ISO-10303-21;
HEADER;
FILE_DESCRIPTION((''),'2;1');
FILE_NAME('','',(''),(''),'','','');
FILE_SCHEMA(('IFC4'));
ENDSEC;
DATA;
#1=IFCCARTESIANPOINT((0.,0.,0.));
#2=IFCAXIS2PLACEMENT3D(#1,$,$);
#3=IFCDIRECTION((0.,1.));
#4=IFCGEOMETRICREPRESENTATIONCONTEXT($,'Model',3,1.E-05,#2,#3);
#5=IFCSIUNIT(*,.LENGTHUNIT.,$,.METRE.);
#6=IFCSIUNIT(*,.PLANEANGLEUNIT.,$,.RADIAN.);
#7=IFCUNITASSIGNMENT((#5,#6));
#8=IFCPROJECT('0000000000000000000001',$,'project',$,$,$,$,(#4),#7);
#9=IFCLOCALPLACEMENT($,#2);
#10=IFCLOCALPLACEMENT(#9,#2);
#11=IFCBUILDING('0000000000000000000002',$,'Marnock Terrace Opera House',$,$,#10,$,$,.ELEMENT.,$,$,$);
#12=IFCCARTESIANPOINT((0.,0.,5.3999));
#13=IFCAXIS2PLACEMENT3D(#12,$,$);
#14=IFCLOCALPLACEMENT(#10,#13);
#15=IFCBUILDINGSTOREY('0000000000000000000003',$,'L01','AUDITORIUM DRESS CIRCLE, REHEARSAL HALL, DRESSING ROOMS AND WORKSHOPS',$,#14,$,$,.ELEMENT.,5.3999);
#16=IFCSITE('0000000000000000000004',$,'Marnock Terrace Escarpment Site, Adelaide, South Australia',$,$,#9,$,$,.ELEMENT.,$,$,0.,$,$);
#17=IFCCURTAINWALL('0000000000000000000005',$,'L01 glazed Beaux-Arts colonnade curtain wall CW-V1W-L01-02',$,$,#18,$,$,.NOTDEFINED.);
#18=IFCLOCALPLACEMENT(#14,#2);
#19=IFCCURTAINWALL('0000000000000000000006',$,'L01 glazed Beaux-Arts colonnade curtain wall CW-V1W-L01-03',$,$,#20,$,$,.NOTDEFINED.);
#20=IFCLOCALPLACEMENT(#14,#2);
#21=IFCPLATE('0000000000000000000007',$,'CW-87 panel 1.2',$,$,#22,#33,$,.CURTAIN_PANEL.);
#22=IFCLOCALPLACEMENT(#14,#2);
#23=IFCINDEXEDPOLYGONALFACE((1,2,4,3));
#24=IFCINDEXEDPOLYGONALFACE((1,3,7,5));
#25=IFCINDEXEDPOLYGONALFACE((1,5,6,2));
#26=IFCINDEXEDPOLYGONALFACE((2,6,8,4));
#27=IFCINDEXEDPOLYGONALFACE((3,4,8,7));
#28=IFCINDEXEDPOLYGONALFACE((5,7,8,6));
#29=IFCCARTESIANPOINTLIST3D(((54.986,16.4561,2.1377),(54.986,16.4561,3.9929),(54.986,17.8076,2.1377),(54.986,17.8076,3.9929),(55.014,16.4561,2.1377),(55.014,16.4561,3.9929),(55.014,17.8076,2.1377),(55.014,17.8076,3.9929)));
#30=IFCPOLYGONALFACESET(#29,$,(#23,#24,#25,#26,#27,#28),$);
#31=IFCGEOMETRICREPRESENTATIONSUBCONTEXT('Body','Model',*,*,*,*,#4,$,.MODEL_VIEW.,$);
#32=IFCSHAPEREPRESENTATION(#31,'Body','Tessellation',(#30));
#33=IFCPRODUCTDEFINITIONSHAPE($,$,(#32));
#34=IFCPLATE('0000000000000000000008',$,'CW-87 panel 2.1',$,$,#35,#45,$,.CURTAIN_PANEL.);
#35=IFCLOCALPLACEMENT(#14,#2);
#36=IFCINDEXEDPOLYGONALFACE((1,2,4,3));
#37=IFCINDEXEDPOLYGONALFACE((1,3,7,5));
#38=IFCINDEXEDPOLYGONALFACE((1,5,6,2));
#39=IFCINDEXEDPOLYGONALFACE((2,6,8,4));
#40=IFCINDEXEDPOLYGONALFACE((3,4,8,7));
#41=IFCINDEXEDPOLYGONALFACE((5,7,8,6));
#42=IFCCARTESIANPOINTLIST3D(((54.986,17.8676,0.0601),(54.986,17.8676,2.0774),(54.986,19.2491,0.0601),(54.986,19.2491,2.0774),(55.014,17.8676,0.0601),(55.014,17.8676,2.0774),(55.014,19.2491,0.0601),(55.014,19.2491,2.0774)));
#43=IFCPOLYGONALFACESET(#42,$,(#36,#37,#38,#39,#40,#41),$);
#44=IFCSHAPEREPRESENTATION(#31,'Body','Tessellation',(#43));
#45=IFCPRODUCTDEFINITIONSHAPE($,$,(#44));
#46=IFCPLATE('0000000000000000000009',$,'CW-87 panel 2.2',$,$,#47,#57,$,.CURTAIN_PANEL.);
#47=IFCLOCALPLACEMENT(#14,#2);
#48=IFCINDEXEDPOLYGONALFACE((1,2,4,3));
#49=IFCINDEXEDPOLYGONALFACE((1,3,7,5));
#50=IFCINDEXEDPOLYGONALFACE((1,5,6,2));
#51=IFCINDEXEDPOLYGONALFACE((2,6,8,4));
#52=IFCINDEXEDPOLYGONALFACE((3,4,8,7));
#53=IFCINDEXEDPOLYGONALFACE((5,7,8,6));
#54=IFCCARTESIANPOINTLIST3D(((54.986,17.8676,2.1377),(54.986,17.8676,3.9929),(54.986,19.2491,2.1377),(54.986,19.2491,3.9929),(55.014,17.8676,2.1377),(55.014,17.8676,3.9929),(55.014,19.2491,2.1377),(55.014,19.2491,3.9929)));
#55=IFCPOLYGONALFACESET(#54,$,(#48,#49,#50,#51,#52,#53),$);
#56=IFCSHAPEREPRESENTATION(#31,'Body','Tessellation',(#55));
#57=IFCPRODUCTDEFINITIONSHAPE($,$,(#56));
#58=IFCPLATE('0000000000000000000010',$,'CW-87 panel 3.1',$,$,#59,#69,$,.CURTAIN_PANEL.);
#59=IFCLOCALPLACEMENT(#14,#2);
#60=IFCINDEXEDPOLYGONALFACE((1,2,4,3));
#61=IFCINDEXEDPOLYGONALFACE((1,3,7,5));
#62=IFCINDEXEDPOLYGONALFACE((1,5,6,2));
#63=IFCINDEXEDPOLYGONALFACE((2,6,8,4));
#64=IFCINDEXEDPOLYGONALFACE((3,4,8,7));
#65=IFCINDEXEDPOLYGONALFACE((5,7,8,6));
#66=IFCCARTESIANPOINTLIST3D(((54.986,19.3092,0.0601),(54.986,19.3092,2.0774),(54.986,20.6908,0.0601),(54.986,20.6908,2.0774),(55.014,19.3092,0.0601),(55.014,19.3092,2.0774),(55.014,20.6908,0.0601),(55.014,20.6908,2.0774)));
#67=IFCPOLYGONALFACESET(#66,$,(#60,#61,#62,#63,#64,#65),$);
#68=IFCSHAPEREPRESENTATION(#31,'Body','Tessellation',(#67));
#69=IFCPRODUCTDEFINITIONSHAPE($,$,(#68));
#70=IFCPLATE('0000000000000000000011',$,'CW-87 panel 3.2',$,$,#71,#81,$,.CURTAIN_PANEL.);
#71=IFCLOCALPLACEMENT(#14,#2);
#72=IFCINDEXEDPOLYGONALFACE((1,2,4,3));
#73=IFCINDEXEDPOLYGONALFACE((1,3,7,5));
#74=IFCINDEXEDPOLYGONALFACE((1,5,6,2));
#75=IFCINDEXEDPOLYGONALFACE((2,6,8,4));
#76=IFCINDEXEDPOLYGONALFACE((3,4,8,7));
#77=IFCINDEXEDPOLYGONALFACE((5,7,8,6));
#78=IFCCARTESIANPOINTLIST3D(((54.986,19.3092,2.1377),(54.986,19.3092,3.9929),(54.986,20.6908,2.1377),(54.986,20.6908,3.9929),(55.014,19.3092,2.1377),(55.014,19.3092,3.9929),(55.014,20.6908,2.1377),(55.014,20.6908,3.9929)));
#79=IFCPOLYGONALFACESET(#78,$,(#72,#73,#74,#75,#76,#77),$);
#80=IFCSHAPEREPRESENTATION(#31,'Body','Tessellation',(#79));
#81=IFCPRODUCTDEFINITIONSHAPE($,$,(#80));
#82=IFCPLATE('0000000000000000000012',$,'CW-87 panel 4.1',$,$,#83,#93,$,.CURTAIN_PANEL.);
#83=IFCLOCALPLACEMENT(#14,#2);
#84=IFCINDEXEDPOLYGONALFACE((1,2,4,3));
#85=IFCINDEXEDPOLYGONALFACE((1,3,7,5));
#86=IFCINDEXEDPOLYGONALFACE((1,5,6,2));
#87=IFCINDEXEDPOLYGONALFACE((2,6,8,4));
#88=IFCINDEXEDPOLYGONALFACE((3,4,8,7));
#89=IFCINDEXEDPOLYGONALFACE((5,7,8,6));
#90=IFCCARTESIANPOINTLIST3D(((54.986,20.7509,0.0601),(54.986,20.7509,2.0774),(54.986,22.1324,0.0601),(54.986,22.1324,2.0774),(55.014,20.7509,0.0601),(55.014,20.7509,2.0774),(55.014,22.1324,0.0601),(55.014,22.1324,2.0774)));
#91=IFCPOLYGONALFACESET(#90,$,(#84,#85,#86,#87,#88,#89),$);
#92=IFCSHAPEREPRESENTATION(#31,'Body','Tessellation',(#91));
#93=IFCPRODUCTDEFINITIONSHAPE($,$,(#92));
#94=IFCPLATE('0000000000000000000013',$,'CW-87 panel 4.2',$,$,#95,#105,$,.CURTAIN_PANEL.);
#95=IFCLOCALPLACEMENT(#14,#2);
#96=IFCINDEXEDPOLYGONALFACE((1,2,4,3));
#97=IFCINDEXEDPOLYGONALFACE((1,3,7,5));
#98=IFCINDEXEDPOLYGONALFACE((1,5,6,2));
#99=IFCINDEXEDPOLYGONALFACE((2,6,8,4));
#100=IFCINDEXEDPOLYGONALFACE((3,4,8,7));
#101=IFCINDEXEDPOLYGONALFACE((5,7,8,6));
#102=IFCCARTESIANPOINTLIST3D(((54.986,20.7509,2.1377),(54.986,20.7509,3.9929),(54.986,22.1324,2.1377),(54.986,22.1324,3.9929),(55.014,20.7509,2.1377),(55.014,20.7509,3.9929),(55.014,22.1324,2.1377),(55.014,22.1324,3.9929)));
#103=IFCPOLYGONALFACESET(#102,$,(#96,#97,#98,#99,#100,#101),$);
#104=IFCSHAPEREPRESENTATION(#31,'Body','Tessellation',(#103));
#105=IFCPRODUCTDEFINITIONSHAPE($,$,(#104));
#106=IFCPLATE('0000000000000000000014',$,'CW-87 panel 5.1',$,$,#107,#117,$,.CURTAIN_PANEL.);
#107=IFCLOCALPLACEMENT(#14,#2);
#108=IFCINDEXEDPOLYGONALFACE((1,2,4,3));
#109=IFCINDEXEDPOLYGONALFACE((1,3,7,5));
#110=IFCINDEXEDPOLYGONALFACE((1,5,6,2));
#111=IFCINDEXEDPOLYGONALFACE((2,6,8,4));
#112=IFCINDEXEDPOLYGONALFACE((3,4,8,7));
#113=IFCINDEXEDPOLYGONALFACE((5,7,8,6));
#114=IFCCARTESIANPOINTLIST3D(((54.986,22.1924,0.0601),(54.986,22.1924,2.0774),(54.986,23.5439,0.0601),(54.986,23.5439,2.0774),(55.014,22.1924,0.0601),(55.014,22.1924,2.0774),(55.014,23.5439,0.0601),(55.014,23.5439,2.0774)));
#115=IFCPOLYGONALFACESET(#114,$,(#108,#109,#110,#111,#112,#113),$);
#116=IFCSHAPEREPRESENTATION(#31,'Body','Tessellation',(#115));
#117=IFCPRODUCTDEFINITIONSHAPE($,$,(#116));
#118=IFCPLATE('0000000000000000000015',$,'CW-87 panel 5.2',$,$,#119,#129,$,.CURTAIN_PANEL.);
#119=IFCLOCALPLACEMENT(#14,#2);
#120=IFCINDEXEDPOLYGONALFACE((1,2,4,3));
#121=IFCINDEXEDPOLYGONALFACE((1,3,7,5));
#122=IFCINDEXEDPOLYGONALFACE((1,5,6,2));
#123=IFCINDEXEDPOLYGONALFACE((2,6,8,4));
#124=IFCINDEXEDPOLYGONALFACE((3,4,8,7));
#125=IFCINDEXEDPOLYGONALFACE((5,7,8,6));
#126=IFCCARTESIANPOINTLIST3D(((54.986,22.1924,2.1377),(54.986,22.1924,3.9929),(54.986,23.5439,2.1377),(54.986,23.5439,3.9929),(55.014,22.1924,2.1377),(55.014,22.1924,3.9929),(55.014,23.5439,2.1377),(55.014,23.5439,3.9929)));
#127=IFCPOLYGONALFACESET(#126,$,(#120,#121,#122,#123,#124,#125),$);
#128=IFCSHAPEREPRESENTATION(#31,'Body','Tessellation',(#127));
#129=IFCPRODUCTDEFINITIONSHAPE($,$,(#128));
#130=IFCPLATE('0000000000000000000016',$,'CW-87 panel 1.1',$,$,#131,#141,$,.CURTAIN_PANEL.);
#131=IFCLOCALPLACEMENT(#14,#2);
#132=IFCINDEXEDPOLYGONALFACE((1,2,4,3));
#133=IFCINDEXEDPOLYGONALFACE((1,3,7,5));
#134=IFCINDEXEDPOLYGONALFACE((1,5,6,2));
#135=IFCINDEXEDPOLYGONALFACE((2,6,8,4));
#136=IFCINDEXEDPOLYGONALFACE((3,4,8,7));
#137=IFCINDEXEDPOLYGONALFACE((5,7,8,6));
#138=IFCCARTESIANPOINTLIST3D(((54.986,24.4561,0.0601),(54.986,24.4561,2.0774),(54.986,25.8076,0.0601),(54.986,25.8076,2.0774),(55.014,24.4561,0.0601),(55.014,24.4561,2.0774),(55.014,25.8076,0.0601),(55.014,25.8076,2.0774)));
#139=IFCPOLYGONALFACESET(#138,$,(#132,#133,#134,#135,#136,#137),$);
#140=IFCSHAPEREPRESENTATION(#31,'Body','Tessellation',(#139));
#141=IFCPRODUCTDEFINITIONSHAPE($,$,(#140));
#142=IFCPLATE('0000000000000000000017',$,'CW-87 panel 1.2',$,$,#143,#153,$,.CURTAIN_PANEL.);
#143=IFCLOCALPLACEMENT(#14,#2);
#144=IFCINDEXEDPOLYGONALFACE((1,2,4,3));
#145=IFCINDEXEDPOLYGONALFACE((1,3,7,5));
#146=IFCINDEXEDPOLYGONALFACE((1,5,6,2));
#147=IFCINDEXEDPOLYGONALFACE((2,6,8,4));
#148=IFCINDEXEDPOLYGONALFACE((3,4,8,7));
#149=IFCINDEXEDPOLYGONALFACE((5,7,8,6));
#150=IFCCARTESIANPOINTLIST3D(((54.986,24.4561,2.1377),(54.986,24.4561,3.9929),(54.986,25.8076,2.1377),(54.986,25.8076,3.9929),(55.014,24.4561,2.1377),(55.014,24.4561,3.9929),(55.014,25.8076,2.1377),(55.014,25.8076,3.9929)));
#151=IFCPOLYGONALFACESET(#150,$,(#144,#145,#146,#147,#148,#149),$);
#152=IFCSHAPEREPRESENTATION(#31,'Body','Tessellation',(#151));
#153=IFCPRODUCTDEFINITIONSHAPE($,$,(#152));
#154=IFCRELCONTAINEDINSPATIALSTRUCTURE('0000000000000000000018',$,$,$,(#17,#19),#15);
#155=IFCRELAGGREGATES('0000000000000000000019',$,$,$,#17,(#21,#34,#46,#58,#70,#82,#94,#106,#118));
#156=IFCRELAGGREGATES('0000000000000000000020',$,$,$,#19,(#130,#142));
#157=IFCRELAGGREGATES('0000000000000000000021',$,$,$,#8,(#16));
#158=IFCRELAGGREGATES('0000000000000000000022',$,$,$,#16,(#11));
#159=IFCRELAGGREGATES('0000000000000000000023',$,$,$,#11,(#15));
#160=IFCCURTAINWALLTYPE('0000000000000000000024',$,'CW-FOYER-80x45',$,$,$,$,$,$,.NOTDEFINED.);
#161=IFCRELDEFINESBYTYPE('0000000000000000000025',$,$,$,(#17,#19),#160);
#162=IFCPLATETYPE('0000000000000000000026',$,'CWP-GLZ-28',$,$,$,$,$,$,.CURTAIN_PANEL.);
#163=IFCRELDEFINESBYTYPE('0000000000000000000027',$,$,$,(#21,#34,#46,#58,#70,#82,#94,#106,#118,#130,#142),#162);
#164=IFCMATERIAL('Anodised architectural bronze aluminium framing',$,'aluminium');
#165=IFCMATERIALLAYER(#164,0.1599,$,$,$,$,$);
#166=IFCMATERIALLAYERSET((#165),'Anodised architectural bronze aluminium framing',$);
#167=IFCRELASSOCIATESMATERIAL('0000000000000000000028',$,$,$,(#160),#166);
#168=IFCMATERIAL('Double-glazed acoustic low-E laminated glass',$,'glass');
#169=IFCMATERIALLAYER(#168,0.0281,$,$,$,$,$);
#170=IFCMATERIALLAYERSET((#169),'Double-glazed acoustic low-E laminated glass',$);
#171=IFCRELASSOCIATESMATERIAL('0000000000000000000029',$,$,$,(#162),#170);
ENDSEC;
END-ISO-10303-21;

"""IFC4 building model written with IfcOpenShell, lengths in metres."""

from ifc_helpers import new_model, si_unit, direction, frame, origin, origin_2d, place, context, subcontext, project, spatial, rectangle, extrude, material, layer, layer_set, type_object, element, aggregate, save


model = new_model("IFC4")

# Units and contexts
model_context = context("Model", 3, precision=1e-05, world=origin(), true_north=direction((0.0, 1.0)))
body_context = subcontext(model_context, "Body", "Model", "MODEL_VIEW")
ifc_project = project(units=[si_unit("LENGTHUNIT", "METRE"), si_unit("PLANEANGLEUNIT", "RADIAN")], contexts=[model_context])

# Site, building, storey
site_placement = place(None, origin())
site = spatial("IfcSite", under=ifc_project, at=site_placement, Name="Marnock Terrace Escarpment Site, Adelaide, South Australia", CompositionType="ELEMENT", RefElevation=0.0)
building_placement = place(site_placement, origin())
building = spatial("IfcBuilding", under=site, at=building_placement, Name="Marnock Terrace Opera House", CompositionType="ELEMENT")
storey_placement = place(building_placement, frame((0.0, 0.0, 5.3999)))
storey = spatial("IfcBuildingStorey", under=building, at=storey_placement, Name="L01", Description="AUDITORIUM DRESS CIRCLE, REHEARSAL HALL, DRESSING ROOMS AND WORKSHOPS", CompositionType="ELEMENT", Elevation=5.3999)

# Curtain wall
ifc_material_1 = material(Name="Anodised architectural bronze aluminium framing", Category="aluminium")
ifc_layer_1 = layer(ifc_material_1, 0.1599)
ifc_layer_set_1 = layer_set([ifc_layer_1], Name="Anodised architectural bronze aluminium framing")
curtain_wall_type = type_object("IfcCurtainWallType", Name="CW-FOYER-80x45", PredefinedType="NOTDEFINED", material=ifc_layer_set_1)
curtain_wall_1_placement = place(storey_placement, origin())
curtain_wall_1 = element("IfcCurtainWall", 1, at=curtain_wall_1_placement, inside=storey, type_object=curtain_wall_type, Name="L01 glazed Beaux-Arts colonnade curtain wall CW-V1W-L01-02", PredefinedType="NOTDEFINED")

# Curtain wall
curtain_wall_2_placement = place(storey_placement, origin())
curtain_wall_2 = element("IfcCurtainWall", 2, at=curtain_wall_2_placement, inside=storey, type_object=curtain_wall_type, Name="L01 glazed Beaux-Arts colonnade curtain wall CW-V1W-L01-03", PredefinedType="NOTDEFINED")

# Plates
ifc_material_2 = material(Name="Double-glazed acoustic low-E laminated glass", Category="glass")
ifc_layer_2 = layer(ifc_material_2, 0.0281)
ifc_layer_set_2 = layer_set([ifc_layer_2], Name="Double-glazed acoustic low-E laminated glass")
plate_type = type_object("IfcPlateType", Name="CWP-GLZ-28", PredefinedType="CURTAIN_PANEL", material=ifc_layer_set_2)
plate_1_placement = place(storey_placement, frame((55.0, 17.1318, 2.1377), z_axis=(0.0, 0.0, 1.0), x_axis=(0.0, 1.0, 0.0)))
plate_1 = element("IfcPlate", 3, at=plate_1_placement, type_object=plate_type, Name="CW-87 panel 1.2", PredefinedType="CURTAIN_PANEL", context=body_context, shape_type="SweptSolid", body=[
    extrude(rectangle(XDim=1.3516, YDim=0.0281, at=origin_2d()), origin(), (0.0, 0.0, 1.0), 1.8552),
])
plate_2_placement = place(storey_placement, frame((55.0, 18.5583, 0.0601), z_axis=(0.0, 0.0, 1.0), x_axis=(0.0, 1.0, 0.0)))
plate_2 = element("IfcPlate", 4, at=plate_2_placement, type_object=plate_type, Name="CW-87 panel 2.1", PredefinedType="CURTAIN_PANEL", context=body_context, shape_type="SweptSolid", body=[
    extrude(rectangle(XDim=1.3816, YDim=0.0281, at=origin_2d()), origin(), (0.0, 0.0, 1.0), 2.0173),
])
plate_3_placement = place(storey_placement, frame((55.0, 18.5583, 2.1377), z_axis=(0.0, 0.0, 1.0), x_axis=(0.0, 1.0, 0.0)))
plate_3 = element("IfcPlate", 5, at=plate_3_placement, type_object=plate_type, Name="CW-87 panel 2.2", PredefinedType="CURTAIN_PANEL", context=body_context, shape_type="SweptSolid", body=[
    extrude(rectangle(XDim=1.3816, YDim=0.0281, at=origin_2d()), origin(), (0.0, 0.0, 1.0), 1.8552),
])
plate_4_placement = place(storey_placement, frame((55.0, 20.0, 0.0601), z_axis=(0.0, 0.0, 1.0), x_axis=(0.0, 1.0, 0.0)))
plate_4 = element("IfcPlate", 6, at=plate_4_placement, type_object=plate_type, Name="CW-87 panel 3.1", PredefinedType="CURTAIN_PANEL", context=body_context, shape_type="SweptSolid", body=[
    extrude(rectangle(XDim=1.3816, YDim=0.0281, at=origin_2d()), origin(), (0.0, 0.0, 1.0), 2.0173),
])
plate_5_placement = place(storey_placement, frame((55.0, 20.0, 2.1377), z_axis=(0.0, 0.0, 1.0), x_axis=(0.0, 1.0, 0.0)))
plate_5 = element("IfcPlate", 7, at=plate_5_placement, type_object=plate_type, Name="CW-87 panel 3.2", PredefinedType="CURTAIN_PANEL", context=body_context, shape_type="SweptSolid", body=[
    extrude(rectangle(XDim=1.3816, YDim=0.0281, at=origin_2d()), origin(), (0.0, 0.0, 1.0), 1.8552),
])
plate_6_placement = place(storey_placement, frame((55.0, 21.4417, 0.0601), z_axis=(0.0, 0.0, 1.0), x_axis=(0.0, 1.0, 0.0)))
plate_6 = element("IfcPlate", 8, at=plate_6_placement, type_object=plate_type, Name="CW-87 panel 4.1", PredefinedType="CURTAIN_PANEL", context=body_context, shape_type="SweptSolid", body=[
    extrude(rectangle(XDim=1.3816, YDim=0.0281, at=origin_2d()), origin(), (0.0, 0.0, 1.0), 2.0173),
])
plate_7_placement = place(storey_placement, frame((55.0, 21.4417, 2.1377), z_axis=(0.0, 0.0, 1.0), x_axis=(0.0, 1.0, 0.0)))
plate_7 = element("IfcPlate", 9, at=plate_7_placement, type_object=plate_type, Name="CW-87 panel 4.2", PredefinedType="CURTAIN_PANEL", context=body_context, shape_type="SweptSolid", body=[
    extrude(rectangle(XDim=1.3816, YDim=0.0281, at=origin_2d()), origin(), (0.0, 0.0, 1.0), 1.8552),
])
plate_8_placement = place(storey_placement, frame((55.0, 22.8682, 0.0601), z_axis=(0.0, 0.0, 1.0), x_axis=(0.0, 1.0, 0.0)))
plate_8 = element("IfcPlate", 10, at=plate_8_placement, type_object=plate_type, Name="CW-87 panel 5.1", PredefinedType="CURTAIN_PANEL", context=body_context, shape_type="SweptSolid", body=[
    extrude(rectangle(XDim=1.3516, YDim=0.0281, at=origin_2d()), origin(), (0.0, 0.0, 1.0), 2.0173),
])
plate_9_placement = place(storey_placement, frame((55.0, 22.8682, 2.1377), z_axis=(0.0, 0.0, 1.0), x_axis=(0.0, 1.0, 0.0)))
plate_9 = element("IfcPlate", 11, at=plate_9_placement, type_object=plate_type, Name="CW-87 panel 5.2", PredefinedType="CURTAIN_PANEL", context=body_context, shape_type="SweptSolid", body=[
    extrude(rectangle(XDim=1.3516, YDim=0.0281, at=origin_2d()), origin(), (0.0, 0.0, 1.0), 1.8552),
])
aggregate(curtain_wall_1, [plate_1, plate_2, plate_3, plate_4, plate_5, plate_6, plate_7, plate_8, plate_9])
plate_10_placement = place(storey_placement, frame((55.0, 25.1318, 0.0601), z_axis=(0.0, 0.0, 1.0), x_axis=(0.0, 1.0, 0.0)))
plate_10 = element("IfcPlate", 12, at=plate_10_placement, type_object=plate_type, Name="CW-87 panel 1.1", PredefinedType="CURTAIN_PANEL", context=body_context, shape_type="SweptSolid", body=[
    extrude(rectangle(XDim=1.3516, YDim=0.0281, at=origin_2d()), origin(), (0.0, 0.0, 1.0), 2.0173),
])
plate_11_placement = place(storey_placement, frame((55.0, 25.1318, 2.1377), z_axis=(0.0, 0.0, 1.0), x_axis=(0.0, 1.0, 0.0)))
plate_11 = element("IfcPlate", 13, at=plate_11_placement, type_object=plate_type, Name="CW-87 panel 1.2", PredefinedType="CURTAIN_PANEL", context=body_context, shape_type="SweptSolid", body=[
    extrude(rectangle(XDim=1.3516, YDim=0.0281, at=origin_2d()), origin(), (0.0, 0.0, 1.0), 1.8552),
])
aggregate(curtain_wall_2, [plate_10, plate_11])

save(model, "model.ifc")
